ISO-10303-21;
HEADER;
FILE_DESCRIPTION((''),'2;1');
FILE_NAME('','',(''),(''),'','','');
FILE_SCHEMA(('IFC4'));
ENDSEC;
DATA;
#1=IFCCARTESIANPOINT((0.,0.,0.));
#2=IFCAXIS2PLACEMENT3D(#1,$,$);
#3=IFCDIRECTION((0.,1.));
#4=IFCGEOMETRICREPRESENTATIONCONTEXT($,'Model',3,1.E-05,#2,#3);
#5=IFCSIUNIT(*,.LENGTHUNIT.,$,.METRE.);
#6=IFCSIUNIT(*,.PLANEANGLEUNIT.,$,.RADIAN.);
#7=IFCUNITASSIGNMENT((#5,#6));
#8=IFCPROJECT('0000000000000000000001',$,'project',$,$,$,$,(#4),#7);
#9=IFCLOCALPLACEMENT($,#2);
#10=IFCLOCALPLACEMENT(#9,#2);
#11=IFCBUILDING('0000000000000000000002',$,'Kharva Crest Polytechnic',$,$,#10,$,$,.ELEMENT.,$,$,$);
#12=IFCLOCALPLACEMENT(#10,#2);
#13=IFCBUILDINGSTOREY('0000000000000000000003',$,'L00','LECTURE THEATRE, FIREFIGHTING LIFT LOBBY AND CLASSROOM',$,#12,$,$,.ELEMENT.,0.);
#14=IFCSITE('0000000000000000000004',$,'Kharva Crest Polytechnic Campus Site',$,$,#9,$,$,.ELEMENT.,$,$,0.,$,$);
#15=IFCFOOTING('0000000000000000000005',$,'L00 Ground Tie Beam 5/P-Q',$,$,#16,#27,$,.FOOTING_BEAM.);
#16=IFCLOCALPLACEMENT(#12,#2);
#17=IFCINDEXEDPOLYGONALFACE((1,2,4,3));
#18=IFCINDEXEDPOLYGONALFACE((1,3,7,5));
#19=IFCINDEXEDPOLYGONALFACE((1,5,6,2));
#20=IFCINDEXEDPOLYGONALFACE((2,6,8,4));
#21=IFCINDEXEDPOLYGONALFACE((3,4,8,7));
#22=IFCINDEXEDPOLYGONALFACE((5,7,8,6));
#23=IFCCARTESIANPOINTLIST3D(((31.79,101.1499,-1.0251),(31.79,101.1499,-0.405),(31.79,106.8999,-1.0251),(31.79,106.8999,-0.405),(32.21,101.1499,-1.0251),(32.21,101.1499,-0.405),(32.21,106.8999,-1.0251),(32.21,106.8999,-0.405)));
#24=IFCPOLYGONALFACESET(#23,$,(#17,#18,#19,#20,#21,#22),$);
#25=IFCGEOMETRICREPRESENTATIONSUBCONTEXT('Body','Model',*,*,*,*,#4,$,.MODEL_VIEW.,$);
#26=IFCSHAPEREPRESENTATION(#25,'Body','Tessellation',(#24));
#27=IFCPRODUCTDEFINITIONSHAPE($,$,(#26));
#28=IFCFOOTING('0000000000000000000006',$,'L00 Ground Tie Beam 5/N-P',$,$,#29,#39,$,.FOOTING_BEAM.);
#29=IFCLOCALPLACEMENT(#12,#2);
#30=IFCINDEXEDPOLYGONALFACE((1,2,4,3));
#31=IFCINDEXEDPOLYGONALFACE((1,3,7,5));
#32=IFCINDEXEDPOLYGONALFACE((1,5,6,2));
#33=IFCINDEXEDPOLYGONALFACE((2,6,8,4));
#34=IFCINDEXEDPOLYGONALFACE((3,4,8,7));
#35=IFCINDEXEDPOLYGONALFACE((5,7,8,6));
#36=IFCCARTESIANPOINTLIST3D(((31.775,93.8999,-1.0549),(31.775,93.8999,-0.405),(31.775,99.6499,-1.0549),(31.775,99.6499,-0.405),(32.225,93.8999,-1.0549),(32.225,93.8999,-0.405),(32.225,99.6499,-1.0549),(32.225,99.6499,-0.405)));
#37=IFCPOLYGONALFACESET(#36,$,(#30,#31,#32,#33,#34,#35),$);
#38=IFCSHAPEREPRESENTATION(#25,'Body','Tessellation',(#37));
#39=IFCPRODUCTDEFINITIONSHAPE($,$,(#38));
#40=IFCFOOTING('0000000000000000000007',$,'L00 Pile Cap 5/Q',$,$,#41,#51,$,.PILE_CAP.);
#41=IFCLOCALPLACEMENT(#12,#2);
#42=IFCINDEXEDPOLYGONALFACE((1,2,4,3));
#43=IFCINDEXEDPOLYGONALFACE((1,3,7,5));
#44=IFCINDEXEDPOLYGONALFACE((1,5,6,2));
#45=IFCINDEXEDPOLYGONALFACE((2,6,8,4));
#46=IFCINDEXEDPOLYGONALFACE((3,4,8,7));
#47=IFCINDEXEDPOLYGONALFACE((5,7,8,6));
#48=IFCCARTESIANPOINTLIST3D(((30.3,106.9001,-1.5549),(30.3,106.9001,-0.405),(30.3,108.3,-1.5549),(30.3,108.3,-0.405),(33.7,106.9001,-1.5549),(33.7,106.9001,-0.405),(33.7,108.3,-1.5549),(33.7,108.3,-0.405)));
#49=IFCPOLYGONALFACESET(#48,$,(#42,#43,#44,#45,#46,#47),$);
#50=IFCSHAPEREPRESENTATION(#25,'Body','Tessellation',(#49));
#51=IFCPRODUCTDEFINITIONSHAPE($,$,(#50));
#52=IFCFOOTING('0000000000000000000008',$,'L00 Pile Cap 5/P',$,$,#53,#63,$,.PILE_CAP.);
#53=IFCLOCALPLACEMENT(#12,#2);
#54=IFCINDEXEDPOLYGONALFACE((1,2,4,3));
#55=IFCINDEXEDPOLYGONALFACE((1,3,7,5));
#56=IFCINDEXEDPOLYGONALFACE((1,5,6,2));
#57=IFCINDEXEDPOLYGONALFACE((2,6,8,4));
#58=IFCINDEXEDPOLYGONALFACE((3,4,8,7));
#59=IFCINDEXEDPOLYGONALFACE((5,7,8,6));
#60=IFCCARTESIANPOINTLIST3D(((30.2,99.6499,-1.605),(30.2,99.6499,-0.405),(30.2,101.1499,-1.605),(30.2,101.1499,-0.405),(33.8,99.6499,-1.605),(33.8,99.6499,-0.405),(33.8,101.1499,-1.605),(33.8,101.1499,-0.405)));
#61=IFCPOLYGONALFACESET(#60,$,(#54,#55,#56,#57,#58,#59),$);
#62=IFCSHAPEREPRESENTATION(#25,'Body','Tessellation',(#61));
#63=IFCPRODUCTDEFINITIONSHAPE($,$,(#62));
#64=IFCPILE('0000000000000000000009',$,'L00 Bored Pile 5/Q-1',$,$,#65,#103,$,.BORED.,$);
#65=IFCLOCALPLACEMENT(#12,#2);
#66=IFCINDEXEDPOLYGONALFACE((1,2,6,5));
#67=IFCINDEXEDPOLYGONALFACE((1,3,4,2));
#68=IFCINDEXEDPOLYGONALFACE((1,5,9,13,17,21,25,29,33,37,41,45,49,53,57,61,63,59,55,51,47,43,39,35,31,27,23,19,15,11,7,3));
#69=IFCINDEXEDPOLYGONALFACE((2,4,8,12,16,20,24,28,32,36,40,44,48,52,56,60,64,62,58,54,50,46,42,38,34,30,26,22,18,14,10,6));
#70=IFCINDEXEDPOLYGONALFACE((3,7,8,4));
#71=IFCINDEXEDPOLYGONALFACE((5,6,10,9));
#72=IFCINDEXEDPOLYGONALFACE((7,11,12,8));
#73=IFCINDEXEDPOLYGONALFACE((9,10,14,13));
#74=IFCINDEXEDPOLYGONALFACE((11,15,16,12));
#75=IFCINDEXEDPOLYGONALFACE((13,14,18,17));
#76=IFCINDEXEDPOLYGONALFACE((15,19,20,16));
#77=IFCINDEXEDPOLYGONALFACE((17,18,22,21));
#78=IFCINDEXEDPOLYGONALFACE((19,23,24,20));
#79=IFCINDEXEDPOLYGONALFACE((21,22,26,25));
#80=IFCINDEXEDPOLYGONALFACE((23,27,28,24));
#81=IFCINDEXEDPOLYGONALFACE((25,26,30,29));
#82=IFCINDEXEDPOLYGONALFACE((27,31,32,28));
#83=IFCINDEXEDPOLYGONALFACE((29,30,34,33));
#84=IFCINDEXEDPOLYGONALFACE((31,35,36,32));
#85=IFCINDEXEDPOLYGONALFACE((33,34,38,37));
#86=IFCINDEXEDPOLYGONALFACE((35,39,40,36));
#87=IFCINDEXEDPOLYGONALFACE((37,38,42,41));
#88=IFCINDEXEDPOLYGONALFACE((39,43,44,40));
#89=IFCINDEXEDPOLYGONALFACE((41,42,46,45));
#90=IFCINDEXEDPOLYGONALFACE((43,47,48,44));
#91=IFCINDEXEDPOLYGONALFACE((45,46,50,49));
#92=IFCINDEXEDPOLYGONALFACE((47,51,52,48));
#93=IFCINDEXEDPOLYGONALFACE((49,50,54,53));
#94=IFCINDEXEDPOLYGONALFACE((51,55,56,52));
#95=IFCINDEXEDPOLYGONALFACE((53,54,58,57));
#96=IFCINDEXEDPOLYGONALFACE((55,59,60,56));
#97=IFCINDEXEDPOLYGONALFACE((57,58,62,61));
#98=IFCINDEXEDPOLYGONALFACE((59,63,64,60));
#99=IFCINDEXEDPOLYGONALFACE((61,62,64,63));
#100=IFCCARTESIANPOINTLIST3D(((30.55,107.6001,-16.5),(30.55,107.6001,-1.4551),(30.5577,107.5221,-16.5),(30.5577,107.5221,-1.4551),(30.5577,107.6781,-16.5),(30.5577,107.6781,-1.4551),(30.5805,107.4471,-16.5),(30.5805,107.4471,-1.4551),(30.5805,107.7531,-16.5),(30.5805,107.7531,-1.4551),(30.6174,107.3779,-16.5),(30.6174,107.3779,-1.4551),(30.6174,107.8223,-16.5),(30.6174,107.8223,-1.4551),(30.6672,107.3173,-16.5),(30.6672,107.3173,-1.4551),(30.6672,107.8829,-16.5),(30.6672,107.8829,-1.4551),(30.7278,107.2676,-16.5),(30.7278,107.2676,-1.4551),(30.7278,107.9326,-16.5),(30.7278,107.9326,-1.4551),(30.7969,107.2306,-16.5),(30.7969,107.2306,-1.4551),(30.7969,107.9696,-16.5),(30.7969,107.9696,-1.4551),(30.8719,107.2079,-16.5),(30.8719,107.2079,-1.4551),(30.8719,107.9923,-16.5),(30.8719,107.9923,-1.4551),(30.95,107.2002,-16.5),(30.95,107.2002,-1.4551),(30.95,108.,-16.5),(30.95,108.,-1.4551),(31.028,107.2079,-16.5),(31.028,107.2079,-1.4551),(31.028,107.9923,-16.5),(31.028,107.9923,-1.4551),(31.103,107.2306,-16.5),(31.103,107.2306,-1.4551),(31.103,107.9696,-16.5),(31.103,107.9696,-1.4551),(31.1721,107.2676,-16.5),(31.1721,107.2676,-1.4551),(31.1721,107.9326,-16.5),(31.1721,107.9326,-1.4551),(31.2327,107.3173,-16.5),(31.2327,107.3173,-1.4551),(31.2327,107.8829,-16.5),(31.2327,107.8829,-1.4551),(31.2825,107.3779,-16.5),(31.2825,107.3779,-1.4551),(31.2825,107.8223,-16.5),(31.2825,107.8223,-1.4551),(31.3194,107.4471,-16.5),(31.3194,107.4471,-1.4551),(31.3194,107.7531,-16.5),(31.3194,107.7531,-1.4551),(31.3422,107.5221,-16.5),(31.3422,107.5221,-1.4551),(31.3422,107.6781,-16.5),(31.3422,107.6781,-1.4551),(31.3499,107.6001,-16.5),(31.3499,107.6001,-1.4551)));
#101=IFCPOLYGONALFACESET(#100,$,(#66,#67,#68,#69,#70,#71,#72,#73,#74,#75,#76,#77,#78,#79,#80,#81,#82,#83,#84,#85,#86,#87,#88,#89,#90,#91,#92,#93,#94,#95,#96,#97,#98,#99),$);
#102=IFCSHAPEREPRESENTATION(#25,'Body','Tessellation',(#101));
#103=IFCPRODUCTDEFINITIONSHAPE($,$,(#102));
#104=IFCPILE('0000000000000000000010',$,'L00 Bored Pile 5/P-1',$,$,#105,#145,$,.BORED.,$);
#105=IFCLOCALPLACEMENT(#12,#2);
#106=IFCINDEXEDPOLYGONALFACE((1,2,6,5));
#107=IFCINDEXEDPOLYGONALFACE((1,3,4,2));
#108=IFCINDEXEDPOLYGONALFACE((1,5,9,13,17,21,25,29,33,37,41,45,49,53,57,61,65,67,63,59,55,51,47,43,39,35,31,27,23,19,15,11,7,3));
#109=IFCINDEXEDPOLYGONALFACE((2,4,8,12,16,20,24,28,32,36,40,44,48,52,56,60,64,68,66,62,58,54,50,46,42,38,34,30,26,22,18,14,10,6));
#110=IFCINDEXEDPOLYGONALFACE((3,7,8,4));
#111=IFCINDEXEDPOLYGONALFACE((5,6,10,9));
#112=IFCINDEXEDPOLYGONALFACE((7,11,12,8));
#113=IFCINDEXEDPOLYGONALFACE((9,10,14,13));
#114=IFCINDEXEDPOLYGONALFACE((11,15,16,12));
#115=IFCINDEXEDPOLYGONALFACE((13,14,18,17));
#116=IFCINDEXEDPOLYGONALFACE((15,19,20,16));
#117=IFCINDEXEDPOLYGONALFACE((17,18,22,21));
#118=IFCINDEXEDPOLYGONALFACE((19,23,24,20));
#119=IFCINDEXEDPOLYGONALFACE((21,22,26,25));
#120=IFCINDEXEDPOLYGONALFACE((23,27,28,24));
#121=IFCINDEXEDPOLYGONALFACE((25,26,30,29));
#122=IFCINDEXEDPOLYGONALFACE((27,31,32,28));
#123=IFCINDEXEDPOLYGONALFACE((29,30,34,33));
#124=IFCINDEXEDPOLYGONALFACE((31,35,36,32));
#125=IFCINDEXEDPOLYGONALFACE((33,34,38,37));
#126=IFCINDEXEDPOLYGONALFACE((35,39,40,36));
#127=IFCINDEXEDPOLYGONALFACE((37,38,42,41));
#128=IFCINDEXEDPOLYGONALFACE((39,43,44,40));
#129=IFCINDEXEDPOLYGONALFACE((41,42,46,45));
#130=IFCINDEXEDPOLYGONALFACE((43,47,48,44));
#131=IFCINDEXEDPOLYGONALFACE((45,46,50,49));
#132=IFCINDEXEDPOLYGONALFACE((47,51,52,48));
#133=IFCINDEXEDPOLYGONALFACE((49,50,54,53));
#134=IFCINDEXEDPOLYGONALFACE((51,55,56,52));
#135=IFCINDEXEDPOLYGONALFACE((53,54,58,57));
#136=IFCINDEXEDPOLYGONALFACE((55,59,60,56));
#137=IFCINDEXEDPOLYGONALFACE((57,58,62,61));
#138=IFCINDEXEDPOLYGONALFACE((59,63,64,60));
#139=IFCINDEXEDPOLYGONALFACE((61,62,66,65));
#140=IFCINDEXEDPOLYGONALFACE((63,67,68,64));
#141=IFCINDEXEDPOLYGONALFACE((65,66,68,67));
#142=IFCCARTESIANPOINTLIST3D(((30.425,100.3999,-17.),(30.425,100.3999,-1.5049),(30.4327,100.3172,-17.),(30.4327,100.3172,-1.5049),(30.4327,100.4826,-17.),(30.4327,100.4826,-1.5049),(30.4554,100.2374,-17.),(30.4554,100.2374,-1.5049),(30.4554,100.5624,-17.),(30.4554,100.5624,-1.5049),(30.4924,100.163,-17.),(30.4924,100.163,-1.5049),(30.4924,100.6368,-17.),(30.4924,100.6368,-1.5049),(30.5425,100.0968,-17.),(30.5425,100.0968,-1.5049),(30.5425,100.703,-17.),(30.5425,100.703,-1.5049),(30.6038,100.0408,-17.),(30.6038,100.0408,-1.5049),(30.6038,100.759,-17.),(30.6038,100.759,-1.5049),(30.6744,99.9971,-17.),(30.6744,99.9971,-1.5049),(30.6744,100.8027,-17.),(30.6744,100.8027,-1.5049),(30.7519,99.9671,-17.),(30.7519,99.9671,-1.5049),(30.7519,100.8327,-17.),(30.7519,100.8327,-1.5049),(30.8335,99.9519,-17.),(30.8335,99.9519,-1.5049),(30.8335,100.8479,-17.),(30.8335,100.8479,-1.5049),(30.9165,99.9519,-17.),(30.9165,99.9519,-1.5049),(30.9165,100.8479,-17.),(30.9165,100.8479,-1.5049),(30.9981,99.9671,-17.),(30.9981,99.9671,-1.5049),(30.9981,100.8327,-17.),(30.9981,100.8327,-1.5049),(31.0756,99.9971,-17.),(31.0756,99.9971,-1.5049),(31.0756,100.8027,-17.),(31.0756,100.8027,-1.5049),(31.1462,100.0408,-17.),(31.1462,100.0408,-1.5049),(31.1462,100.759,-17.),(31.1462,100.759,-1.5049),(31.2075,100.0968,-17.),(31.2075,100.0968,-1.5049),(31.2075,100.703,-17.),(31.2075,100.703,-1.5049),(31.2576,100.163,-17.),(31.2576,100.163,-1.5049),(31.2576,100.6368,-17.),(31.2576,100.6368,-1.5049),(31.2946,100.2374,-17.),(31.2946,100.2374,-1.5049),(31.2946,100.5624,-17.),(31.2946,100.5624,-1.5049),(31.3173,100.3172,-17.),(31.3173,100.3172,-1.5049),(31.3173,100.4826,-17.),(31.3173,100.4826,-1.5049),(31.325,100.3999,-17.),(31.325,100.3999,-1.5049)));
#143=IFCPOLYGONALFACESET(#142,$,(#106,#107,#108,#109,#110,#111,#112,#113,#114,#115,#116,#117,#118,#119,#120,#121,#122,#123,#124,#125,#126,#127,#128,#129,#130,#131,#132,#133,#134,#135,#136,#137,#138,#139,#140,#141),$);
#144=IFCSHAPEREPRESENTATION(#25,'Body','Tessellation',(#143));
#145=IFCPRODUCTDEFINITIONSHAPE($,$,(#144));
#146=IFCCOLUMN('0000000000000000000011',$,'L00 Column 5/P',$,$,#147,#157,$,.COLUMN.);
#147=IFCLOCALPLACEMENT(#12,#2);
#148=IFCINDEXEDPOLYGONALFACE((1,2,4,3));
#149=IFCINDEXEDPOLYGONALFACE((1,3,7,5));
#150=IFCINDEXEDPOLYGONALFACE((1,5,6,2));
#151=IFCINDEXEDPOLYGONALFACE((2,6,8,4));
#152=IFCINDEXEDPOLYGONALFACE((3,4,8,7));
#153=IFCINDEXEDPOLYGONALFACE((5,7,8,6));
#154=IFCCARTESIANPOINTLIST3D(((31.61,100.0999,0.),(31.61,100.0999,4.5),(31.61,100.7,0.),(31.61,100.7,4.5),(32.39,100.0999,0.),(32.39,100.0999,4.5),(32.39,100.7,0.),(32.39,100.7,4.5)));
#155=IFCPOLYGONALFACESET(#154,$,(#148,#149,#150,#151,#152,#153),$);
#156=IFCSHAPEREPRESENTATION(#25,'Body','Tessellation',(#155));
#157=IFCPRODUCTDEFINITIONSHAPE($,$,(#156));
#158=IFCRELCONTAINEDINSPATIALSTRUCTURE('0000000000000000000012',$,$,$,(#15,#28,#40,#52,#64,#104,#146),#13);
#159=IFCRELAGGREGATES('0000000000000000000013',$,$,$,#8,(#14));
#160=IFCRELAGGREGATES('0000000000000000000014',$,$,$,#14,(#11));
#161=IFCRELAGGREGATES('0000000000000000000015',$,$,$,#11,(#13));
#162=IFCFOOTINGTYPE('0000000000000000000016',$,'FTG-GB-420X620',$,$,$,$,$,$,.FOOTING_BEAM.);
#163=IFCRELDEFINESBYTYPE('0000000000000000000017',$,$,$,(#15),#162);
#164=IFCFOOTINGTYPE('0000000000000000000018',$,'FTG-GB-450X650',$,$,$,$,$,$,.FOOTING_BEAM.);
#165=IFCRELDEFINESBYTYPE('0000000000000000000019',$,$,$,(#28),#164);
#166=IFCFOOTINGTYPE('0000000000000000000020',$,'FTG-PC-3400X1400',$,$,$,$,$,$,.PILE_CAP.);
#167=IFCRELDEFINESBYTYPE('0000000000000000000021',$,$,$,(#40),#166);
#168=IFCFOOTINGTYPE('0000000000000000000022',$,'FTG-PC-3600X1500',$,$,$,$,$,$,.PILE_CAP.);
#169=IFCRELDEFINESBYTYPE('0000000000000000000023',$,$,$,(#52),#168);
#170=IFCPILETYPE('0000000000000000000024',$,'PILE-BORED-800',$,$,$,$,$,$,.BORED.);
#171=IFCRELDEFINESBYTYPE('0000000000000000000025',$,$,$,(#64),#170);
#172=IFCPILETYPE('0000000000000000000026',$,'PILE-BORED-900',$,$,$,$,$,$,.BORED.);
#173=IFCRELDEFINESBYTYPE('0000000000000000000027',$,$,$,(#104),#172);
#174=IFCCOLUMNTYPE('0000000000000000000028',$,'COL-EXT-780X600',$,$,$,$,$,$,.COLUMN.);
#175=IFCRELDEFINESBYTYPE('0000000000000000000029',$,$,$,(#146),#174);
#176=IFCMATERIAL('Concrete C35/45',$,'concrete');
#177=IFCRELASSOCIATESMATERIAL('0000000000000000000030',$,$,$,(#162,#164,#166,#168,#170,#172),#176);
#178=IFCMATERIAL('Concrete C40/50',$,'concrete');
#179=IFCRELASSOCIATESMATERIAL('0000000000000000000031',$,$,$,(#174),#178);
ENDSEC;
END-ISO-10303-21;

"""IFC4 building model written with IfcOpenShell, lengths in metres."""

from ifc_helpers import new_model, si_unit, direction, frame, origin, origin_2d, place, context, subcontext, project, spatial, rectangle, circle, extrude, material, material_profile, profile_set, type_object, element, save


model = new_model("IFC4")

# Units and contexts
model_context = context("Model", 3, precision=1e-05, world=origin(), true_north=direction((0.0, 1.0)))
body_context = subcontext(model_context, "Body", "Model", "MODEL_VIEW")
ifc_project = project(units=[si_unit("LENGTHUNIT", "METRE"), si_unit("PLANEANGLEUNIT", "RADIAN")], contexts=[model_context])

# Site, building, storey
site_placement = place(None, origin())
site = spatial("IfcSite", under=ifc_project, at=site_placement, Name="Kharva Crest Polytechnic Campus Site", CompositionType="ELEMENT", RefElevation=0.0)
building_placement = place(site_placement, origin())
building = spatial("IfcBuilding", under=site, at=building_placement, Name="Kharva Crest Polytechnic", CompositionType="ELEMENT")
storey_placement = place(building_placement, origin())
storey = spatial("IfcBuildingStorey", under=building, at=storey_placement, Name="L00", Description="LECTURE THEATRE, FIREFIGHTING LIFT LOBBY AND CLASSROOM", CompositionType="ELEMENT", Elevation=0.0)

# Footings
ifc_material_1 = material(Name="Concrete C35/45", Category="concrete")
footing_type_1 = type_object("IfcFootingType", Name="FTG-GB-420X620", PredefinedType="FOOTING_BEAM", material=ifc_material_1)
footing_1_placement = place(storey_placement, frame((32.0, 104.0249, -1.0251), z_axis=(0.0, 0.0, 1.0), x_axis=(0.0, 1.0, 0.0)))
element("IfcFooting", 1, at=footing_1_placement, inside=storey, type_object=footing_type_1, Name="L00 Ground Tie Beam 5/P-Q", PredefinedType="FOOTING_BEAM", context=body_context, shape_type="SweptSolid", body=[
    extrude(rectangle(XDim=5.75, YDim=0.4199, at=origin_2d()), origin(), (0.0, 0.0, 1.0), 0.6201),
])
footing_type_2 = type_object("IfcFootingType", Name="FTG-GB-450X650", PredefinedType="FOOTING_BEAM", material=ifc_material_1)
footing_2_placement = place(storey_placement, frame((32.0, 96.7749, -1.0549), z_axis=(0.0, 0.0, 1.0), x_axis=(0.0, 1.0, 0.0)))
element("IfcFooting", 2, at=footing_2_placement, inside=storey, type_object=footing_type_2, Name="L00 Ground Tie Beam 5/N-P", PredefinedType="FOOTING_BEAM", context=body_context, shape_type="SweptSolid", body=[
    extrude(rectangle(XDim=5.75, YDim=0.45, at=origin_2d()), origin(), (0.0, 0.0, 1.0), 0.6499),
])
footing_type_3 = type_object("IfcFootingType", Name="FTG-PC-3400X1400", PredefinedType="PILE_CAP", material=ifc_material_1)
footing_3_placement = place(storey_placement, frame((32.0, 107.6001, -1.5549), z_axis=(0.0, 0.0, 1.0), x_axis=(1.0, 0.0, 0.0)))
element("IfcFooting", 3, at=footing_3_placement, inside=storey, type_object=footing_type_3, Name="L00 Pile Cap 5/Q", PredefinedType="PILE_CAP", context=body_context, shape_type="SweptSolid", body=[
    extrude(rectangle(XDim=3.3999, YDim=1.3999, at=origin_2d()), origin(), (0.0, 0.0, 1.0), 1.1499),
])
footing_type_4 = type_object("IfcFootingType", Name="FTG-PC-3600X1500", PredefinedType="PILE_CAP", material=ifc_material_1)
footing_4_placement = place(storey_placement, frame((32.0, 100.3999, -1.605), z_axis=(0.0, 0.0, 1.0), x_axis=(1.0, 0.0, 0.0)))
element("IfcFooting", 4, at=footing_4_placement, inside=storey, type_object=footing_type_4, Name="L00 Pile Cap 5/P", PredefinedType="PILE_CAP", context=body_context, shape_type="SweptSolid", body=[
    extrude(rectangle(XDim=3.6001, YDim=1.5, at=origin_2d()), origin(), (0.0, 0.0, 1.0), 1.2),
])

# Piles
ifc_material_profile_1 = material_profile(ifc_material_1, circle(Radius=0.3999, at=origin_2d()), Name="DIA 800")
ifc_profile_set_1 = profile_set([ifc_material_profile_1], Name="Concrete C35/45")
pile_type_1 = type_object("IfcPileType", Name="PILE-BORED-800", PredefinedType="BORED", material=ifc_profile_set_1)
pile_1_placement = place(storey_placement, frame((30.95, 107.6001, -1.4551), z_axis=(0.0, 0.0, -1.0), x_axis=(1.0, 0.0, 0.0)))
element("IfcPile", 5, at=pile_1_placement, inside=storey, type_object=pile_type_1, Name="L00 Bored Pile 5/Q-1", PredefinedType="BORED", context=body_context, shape_type="SweptSolid", body=[
    extrude(circle(Radius=0.3999, at=origin_2d()), origin(), (0.0, 0.0, 1.0), 15.0449),
])
ifc_material_profile_2 = material_profile(ifc_material_1, circle(Radius=0.45, at=origin_2d()), Name="DIA 900")
ifc_profile_set_2 = profile_set([ifc_material_profile_2], Name="Concrete C35/45")
pile_type_2 = type_object("IfcPileType", Name="PILE-BORED-900", PredefinedType="BORED", material=ifc_profile_set_2)
pile_2_placement = place(storey_placement, frame((30.875, 100.3999, -1.5049), z_axis=(0.0, 0.0, -1.0), x_axis=(1.0, 0.0, 0.0)))
element("IfcPile", 6, at=pile_2_placement, inside=storey, type_object=pile_type_2, Name="L00 Bored Pile 5/P-1", PredefinedType="BORED", context=body_context, shape_type="SweptSolid", body=[
    extrude(circle(Radius=0.45, at=origin_2d()), origin(), (0.0, 0.0, 1.0), 15.4951),
])

# Column
ifc_material_2 = material(Name="Concrete C40/50", Category="concrete")
ifc_material_profile_3 = material_profile(ifc_material_2, rectangle(XDim=0.78, YDim=0.6001, at=origin_2d()), Name="RECT 780 X 600")
ifc_profile_set_3 = profile_set([ifc_material_profile_3], Name="Concrete C40/50")
column_type_1 = type_object("IfcColumnType", Name="COL-EXT-780X600", PredefinedType="COLUMN", material=ifc_profile_set_3)
column_1_placement = place(storey_placement, frame((32.0, 100.3999, 0.0), z_axis=(0.0, 0.0, 1.0), x_axis=(1.0, 0.0, 0.0)))
element("IfcColumn", 7, at=column_1_placement, inside=storey, type_object=column_type_1, Name="L00 Column 5/P", PredefinedType="COLUMN", context=body_context, shape_type="SweptSolid", body=[
    extrude(rectangle(XDim=0.78, YDim=0.6001, at=origin_2d()), origin(), (0.0, 0.0, 1.0), 4.5),
])

save(model, "model.ifc")
